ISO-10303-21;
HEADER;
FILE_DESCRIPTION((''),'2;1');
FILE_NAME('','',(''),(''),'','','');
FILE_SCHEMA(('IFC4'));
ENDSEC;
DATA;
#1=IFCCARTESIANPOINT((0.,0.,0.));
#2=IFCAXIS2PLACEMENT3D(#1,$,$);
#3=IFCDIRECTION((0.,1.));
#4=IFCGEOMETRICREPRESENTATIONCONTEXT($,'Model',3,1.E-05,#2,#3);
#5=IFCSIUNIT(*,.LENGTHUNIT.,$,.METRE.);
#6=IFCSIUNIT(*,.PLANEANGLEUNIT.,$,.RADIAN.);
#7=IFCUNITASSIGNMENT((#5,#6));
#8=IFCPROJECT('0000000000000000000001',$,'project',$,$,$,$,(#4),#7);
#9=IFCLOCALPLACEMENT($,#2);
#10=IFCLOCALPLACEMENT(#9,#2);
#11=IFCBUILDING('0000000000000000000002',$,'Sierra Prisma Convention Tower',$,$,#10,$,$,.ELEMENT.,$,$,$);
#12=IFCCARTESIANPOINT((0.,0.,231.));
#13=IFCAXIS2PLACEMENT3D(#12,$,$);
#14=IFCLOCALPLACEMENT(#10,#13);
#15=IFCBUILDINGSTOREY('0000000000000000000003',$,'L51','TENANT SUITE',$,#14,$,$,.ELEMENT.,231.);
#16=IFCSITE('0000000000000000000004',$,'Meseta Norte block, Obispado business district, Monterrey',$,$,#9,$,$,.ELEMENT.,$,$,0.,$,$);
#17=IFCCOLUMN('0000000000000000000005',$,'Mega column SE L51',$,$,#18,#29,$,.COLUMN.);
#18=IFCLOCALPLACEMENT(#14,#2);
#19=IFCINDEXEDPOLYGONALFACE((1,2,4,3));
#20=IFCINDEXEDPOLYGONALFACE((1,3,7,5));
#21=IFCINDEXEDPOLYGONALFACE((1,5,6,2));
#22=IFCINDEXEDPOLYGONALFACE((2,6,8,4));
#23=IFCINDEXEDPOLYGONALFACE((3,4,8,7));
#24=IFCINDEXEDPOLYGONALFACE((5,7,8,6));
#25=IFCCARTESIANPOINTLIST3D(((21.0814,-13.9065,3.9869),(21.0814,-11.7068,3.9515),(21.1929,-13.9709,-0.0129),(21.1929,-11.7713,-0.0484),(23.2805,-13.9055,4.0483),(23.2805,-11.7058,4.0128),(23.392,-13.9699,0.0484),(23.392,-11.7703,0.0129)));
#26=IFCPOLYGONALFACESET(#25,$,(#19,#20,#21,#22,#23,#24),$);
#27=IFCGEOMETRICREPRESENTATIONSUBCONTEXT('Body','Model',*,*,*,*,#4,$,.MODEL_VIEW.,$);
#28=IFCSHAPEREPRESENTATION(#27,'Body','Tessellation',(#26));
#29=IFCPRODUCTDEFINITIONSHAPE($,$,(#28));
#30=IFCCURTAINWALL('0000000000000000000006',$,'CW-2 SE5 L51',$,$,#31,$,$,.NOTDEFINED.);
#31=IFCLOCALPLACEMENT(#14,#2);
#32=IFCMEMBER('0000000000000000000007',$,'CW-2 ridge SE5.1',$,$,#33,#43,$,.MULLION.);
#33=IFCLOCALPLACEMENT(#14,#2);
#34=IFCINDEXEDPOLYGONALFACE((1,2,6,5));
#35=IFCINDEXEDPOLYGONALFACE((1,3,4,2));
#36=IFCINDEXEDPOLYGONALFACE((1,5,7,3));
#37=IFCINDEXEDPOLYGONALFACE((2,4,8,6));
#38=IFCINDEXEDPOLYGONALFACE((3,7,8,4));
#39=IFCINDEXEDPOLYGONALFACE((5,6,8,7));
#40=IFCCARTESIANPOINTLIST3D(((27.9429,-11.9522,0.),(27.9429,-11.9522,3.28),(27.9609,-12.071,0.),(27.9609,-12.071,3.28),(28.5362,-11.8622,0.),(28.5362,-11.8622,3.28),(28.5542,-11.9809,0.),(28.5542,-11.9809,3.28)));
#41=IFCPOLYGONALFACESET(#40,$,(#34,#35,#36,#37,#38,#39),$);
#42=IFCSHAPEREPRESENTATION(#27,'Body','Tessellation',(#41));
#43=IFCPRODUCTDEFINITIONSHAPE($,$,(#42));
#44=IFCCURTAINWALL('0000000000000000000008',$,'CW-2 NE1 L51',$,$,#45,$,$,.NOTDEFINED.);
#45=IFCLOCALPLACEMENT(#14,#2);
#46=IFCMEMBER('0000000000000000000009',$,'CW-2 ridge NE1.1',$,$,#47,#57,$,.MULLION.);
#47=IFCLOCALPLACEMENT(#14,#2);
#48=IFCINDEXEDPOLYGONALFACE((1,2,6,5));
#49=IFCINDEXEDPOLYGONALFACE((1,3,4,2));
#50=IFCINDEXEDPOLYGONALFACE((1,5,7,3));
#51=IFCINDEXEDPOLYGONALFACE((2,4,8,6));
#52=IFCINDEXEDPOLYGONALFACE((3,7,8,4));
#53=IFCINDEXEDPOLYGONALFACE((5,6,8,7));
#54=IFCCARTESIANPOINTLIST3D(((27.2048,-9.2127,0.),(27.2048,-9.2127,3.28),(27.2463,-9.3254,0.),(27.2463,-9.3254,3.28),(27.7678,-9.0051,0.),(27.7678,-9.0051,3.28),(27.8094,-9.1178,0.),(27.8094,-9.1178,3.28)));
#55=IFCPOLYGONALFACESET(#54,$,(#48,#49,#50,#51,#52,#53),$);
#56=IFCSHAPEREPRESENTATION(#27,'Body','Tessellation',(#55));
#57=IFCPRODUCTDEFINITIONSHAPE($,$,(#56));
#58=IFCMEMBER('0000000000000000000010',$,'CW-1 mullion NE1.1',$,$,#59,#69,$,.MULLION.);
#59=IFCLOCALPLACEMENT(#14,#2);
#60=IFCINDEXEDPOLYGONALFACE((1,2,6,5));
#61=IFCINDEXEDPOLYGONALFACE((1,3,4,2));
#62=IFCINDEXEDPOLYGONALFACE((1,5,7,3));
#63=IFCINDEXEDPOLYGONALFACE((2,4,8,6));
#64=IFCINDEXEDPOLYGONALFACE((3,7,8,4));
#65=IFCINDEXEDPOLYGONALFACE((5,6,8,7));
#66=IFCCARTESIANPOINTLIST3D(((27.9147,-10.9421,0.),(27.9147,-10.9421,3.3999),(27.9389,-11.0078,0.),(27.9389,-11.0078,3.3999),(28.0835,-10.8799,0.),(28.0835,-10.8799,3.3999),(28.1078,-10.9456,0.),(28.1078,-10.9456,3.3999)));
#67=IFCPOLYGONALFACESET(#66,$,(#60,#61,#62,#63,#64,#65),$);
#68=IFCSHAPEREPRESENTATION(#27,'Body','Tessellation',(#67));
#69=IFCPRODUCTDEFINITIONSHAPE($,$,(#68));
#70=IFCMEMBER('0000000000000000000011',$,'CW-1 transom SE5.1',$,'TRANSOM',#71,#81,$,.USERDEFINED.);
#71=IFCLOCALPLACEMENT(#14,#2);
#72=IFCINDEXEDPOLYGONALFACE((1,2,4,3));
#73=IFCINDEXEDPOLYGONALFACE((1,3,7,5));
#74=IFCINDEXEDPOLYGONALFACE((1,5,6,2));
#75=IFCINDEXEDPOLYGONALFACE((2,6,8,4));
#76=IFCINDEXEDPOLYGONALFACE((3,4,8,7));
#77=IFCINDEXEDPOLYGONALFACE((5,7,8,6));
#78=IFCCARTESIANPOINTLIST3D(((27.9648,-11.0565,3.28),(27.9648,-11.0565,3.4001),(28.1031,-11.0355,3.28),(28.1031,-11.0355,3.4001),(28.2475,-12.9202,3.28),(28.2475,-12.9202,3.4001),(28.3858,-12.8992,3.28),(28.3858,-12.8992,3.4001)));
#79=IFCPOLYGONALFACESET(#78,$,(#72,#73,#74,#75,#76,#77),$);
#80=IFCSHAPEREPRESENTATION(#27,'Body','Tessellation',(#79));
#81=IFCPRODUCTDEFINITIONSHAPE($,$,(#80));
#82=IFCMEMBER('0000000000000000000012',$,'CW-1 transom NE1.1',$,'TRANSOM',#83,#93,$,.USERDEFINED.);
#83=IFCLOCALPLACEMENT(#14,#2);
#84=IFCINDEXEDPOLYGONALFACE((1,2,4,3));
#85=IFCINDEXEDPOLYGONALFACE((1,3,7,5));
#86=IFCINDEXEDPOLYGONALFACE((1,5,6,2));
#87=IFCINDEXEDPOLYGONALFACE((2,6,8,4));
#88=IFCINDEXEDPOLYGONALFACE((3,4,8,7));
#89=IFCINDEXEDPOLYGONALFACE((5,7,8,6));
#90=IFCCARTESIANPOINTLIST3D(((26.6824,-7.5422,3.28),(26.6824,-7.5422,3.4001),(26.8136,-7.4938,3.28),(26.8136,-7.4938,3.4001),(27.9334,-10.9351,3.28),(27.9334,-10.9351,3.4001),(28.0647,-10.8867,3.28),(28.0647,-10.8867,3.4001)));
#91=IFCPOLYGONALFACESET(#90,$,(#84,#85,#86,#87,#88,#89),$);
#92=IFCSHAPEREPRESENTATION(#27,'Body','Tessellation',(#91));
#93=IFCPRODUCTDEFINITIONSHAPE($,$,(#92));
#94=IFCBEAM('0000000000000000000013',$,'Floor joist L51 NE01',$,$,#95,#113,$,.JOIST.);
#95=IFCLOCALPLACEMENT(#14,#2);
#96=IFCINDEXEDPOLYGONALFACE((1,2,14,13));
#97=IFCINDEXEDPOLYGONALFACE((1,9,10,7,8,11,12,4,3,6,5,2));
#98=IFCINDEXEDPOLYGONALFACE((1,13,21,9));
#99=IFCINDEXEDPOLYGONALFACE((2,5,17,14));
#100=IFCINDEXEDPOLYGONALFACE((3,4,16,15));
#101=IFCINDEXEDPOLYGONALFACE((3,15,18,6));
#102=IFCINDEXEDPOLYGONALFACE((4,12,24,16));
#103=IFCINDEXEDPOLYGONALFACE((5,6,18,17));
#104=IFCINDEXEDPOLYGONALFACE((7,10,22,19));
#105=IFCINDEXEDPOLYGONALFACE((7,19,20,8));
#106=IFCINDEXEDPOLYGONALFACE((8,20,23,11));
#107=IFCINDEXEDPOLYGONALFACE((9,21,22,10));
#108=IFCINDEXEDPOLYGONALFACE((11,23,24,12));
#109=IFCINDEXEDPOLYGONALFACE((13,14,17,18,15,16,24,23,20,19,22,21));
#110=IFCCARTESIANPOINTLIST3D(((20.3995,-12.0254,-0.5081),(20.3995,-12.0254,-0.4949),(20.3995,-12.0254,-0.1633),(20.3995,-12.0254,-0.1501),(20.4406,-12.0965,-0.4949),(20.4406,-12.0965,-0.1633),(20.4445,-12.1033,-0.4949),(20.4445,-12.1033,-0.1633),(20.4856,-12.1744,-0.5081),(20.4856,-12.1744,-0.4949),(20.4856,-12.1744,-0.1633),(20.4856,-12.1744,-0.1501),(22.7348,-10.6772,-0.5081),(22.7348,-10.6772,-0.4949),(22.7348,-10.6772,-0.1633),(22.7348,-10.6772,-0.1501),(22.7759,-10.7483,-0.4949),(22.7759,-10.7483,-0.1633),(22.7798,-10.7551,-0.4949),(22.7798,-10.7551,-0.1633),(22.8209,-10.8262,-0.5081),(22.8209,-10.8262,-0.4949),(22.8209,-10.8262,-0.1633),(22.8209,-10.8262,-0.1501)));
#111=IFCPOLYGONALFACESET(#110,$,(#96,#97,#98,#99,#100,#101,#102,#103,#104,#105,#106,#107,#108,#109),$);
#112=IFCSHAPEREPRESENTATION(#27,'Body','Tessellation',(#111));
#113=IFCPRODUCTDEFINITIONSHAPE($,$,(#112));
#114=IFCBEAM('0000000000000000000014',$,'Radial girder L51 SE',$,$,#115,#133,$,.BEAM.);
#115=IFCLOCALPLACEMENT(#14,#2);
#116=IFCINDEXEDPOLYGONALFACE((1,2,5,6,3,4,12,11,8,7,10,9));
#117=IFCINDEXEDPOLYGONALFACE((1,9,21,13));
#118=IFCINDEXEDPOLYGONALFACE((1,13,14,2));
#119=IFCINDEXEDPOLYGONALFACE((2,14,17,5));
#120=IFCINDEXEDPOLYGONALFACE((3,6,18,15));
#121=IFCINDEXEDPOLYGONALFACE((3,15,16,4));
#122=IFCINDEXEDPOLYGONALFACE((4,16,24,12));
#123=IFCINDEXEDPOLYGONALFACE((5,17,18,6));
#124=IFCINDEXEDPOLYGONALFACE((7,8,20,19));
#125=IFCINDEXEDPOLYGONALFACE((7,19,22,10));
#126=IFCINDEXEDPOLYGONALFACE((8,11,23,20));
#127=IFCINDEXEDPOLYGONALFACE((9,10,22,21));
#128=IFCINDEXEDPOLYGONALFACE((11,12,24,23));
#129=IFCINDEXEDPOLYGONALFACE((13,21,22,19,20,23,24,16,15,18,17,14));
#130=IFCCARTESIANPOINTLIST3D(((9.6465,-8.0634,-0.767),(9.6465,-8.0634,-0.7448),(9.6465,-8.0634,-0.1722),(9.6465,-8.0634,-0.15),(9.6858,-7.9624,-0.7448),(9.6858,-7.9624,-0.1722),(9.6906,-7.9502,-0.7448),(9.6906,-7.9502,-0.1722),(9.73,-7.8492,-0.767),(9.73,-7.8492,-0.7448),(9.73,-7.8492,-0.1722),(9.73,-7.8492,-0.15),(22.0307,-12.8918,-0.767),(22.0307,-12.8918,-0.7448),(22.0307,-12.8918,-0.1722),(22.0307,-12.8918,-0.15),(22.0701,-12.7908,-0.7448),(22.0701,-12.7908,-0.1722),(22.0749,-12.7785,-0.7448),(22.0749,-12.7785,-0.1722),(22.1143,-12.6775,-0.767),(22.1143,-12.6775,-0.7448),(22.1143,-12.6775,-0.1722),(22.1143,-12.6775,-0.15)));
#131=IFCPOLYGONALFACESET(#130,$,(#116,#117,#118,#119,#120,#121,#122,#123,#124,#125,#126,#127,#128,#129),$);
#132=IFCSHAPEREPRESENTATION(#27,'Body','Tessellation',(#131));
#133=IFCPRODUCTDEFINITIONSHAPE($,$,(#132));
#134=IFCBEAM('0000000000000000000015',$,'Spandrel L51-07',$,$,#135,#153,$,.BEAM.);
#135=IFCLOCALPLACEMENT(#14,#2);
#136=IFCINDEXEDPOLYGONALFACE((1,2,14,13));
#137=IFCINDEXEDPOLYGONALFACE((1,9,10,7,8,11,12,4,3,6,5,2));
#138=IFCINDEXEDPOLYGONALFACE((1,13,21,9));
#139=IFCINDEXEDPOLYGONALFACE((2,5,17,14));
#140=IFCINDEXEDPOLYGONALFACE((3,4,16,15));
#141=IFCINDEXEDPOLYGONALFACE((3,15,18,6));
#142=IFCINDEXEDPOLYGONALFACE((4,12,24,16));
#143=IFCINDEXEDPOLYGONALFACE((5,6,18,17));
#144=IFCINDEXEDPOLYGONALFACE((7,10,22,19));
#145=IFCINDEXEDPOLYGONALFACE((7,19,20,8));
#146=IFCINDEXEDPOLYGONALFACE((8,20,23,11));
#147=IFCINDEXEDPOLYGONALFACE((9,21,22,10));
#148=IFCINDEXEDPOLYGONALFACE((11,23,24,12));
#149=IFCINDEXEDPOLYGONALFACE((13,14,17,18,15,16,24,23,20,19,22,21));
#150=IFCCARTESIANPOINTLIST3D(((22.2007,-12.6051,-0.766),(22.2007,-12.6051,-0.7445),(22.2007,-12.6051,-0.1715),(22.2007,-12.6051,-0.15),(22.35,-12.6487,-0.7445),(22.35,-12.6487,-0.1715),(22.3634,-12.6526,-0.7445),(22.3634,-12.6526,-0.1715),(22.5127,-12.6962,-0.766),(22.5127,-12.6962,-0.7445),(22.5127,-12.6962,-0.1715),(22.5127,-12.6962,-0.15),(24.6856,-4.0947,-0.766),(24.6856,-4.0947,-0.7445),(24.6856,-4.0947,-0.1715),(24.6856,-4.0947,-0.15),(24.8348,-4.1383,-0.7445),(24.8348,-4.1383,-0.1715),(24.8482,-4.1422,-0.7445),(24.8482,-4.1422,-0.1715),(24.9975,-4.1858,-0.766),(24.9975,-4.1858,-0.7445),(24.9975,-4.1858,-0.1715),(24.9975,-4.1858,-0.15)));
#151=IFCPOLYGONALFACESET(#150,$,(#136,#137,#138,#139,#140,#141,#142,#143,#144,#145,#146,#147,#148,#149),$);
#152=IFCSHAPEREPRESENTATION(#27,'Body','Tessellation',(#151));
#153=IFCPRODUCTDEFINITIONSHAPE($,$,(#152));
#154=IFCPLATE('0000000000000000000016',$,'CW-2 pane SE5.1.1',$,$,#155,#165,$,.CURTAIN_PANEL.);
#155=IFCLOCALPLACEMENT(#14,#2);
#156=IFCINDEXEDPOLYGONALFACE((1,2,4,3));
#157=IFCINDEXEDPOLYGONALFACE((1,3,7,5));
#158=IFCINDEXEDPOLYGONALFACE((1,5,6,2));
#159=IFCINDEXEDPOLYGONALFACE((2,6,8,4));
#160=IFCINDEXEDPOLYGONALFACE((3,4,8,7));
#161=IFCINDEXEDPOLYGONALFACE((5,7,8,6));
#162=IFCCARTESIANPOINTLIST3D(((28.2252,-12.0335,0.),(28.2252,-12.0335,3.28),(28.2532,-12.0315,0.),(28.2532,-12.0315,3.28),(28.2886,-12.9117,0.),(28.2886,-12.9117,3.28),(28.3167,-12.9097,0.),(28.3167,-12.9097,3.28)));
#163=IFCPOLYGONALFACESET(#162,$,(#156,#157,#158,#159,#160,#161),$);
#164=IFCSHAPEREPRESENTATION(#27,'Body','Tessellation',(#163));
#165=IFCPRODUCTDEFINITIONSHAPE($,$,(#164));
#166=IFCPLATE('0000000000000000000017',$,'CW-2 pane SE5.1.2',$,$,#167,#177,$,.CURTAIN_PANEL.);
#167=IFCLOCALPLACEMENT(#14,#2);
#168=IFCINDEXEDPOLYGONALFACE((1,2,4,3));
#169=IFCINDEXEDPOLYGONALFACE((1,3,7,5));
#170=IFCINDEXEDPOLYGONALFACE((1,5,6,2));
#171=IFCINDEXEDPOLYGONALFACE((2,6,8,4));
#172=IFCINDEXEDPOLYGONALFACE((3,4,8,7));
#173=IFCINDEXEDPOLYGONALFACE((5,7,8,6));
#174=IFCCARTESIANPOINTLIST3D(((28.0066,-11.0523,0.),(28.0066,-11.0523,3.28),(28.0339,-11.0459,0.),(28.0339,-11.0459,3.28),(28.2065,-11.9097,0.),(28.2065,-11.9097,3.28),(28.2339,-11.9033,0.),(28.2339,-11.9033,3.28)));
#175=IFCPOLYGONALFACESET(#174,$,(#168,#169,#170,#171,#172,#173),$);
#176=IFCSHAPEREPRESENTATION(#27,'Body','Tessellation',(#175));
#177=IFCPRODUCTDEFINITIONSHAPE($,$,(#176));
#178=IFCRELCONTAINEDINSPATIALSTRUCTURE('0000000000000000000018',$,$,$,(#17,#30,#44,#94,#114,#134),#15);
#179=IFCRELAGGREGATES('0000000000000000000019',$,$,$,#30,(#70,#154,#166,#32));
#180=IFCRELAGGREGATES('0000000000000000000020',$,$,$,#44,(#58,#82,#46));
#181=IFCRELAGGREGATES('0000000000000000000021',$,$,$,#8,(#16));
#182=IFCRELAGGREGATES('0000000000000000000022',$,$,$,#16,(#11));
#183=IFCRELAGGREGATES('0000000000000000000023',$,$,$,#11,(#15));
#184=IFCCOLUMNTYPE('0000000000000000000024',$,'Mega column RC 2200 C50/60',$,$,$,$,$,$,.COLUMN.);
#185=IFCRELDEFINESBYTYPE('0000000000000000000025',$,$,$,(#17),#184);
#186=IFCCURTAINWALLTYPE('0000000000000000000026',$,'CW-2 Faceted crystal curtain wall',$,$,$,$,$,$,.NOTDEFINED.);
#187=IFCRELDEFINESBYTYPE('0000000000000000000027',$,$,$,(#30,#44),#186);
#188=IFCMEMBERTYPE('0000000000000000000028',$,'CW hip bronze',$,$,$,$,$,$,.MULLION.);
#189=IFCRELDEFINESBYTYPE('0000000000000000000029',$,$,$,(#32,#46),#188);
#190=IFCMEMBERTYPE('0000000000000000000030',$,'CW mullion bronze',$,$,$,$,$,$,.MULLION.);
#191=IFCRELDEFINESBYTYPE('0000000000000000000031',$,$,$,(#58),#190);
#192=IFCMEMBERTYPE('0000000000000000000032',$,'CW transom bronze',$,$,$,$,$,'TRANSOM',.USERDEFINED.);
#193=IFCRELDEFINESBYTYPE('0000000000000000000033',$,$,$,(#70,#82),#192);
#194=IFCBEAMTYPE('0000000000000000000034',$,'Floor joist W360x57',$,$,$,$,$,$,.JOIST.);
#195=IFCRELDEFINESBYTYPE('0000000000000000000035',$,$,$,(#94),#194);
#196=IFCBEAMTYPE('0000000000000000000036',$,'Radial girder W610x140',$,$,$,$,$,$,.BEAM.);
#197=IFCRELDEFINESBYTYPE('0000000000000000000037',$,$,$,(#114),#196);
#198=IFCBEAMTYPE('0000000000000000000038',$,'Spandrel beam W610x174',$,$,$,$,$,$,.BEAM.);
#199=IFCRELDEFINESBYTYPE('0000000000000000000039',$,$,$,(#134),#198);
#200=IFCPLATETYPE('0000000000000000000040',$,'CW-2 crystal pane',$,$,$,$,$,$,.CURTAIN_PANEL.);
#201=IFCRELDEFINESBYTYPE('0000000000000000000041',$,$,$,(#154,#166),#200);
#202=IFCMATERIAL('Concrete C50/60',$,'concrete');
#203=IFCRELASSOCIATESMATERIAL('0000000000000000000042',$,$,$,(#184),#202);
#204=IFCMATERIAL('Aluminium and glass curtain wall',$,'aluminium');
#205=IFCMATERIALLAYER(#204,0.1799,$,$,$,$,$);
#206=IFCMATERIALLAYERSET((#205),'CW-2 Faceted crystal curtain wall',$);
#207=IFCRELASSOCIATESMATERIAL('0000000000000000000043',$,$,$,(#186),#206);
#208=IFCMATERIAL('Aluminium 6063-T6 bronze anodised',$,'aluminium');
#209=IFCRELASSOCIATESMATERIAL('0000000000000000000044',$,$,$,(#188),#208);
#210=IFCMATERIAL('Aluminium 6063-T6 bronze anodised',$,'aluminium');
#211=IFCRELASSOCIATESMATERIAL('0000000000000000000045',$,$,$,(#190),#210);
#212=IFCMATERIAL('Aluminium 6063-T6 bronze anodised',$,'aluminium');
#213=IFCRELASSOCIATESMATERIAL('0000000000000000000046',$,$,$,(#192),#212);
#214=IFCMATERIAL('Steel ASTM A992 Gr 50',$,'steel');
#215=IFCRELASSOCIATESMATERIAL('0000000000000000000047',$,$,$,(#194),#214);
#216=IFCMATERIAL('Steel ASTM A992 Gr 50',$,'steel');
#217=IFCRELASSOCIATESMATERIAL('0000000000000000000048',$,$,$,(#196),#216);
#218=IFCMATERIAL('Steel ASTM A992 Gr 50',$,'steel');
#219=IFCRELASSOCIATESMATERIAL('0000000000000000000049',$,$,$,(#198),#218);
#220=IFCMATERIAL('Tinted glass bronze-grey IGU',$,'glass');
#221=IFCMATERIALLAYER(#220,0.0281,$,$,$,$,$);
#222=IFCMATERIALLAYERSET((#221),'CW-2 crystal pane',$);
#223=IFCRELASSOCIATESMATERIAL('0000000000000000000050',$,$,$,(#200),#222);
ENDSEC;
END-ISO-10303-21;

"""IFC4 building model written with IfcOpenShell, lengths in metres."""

from ifc_helpers import new_model, si_unit, direction, frame, origin, origin_2d, place, context, subcontext, project, spatial, polyline, rectangle, i_section, outline, extrude, material, layer, layer_set, material_profile, profile_set, type_object, element, aggregate, save


model = new_model("IFC4")

# Units and contexts
model_context = context("Model", 3, precision=1e-05, world=origin(), true_north=direction((0.0, 1.0)))
body_context = subcontext(model_context, "Body", "Model", "MODEL_VIEW")
ifc_project = project(units=[si_unit("LENGTHUNIT", "METRE"), si_unit("PLANEANGLEUNIT", "RADIAN")], contexts=[model_context])

# Site, building, storey
site_placement = place(None, origin())
site = spatial("IfcSite", under=ifc_project, at=site_placement, Name="Meseta Norte block, Obispado business district, Monterrey", CompositionType="ELEMENT", RefElevation=0.0)
building_placement = place(site_placement, origin())
building = spatial("IfcBuilding", under=site, at=building_placement, Name="Sierra Prisma Convention Tower", CompositionType="ELEMENT")
storey_placement = place(building_placement, frame((0.0, 0.0, 231.0)))
storey = spatial("IfcBuildingStorey", under=building, at=storey_placement, Name="L51", Description="TENANT SUITE", CompositionType="ELEMENT", Elevation=231.0)

# Column
ifc_material_1 = material(Name="Concrete C50/60", Category="concrete")
ifc_material_profile_1 = material_profile(ifc_material_1, rectangle(XDim=2.2, YDim=2.2, at=origin_2d()), Name="Mega column RC 2200 C50/60")
ifc_profile_set_1 = profile_set([ifc_material_profile_1], Name="Concrete C50/60")
column_type = type_object("IfcColumnType", Name="Mega column RC 2200 C50/60", PredefinedType="COLUMN", material=ifc_profile_set_1)
column_placement = place(storey_placement, frame((22.2925, -12.8706, 0.0), z_axis=(-0.027879, 0.016105, 0.999482), x_axis=(0.999611, 0.000449, 0.027875)))
element("IfcColumn", 1, at=column_placement, inside=storey, type_object=column_type, Name="Mega column SE L51", PredefinedType="COLUMN", context=body_context, shape_type="SweptSolid", body=[
    extrude(rectangle(XDim=2.2, YDim=2.2, at=origin_2d()), origin(), (0.0, 0.0, 1.0), 4.002),
])

# Curtain wall, member
ifc_material_2 = material(Name="Aluminium and glass curtain wall", Category="aluminium")
ifc_layer_1 = layer(ifc_material_2, 0.1799)
ifc_layer_set_1 = layer_set([ifc_layer_1], Name="CW-2 Faceted crystal curtain wall")
curtain_wall_type = type_object("IfcCurtainWallType", Name="CW-2 Faceted crystal curtain wall", PredefinedType="NOTDEFINED", material=ifc_layer_set_1)
curtain_wall_1_placement = place(storey_placement, origin())
curtain_wall_1 = element("IfcCurtainWall", 2, at=curtain_wall_1_placement, inside=storey, type_object=curtain_wall_type, Name="CW-2 SE5 L51", PredefinedType="NOTDEFINED")
ifc_material_3 = material(Name="Aluminium 6063-T6 bronze anodised", Category="aluminium")
ifc_material_profile_2 = material_profile(ifc_material_3, rectangle(XDim=0.1201, YDim=0.6001, at=origin_2d()), Name="ALU RIDGE BLADE 120x600")
ifc_profile_set_2 = profile_set([ifc_material_profile_2], Name="Aluminium 6063-T6 bronze anodised")
member_type_1 = type_object("IfcMemberType", Name="CW hip bronze", PredefinedType="MULLION", material=ifc_profile_set_2)
member_1_placement = place(storey_placement, frame((28.2485, -11.9666, 0.0), z_axis=(0.0, 0.0, 1.0), x_axis=(-0.150045, 0.988679, 0.0)))
member_1 = element("IfcMember", 3, at=member_1_placement, type_object=member_type_1, Name="CW-2 ridge SE5.1", PredefinedType="MULLION", context=body_context, shape_type="SweptSolid", body=[
    extrude(rectangle(XDim=0.1201, YDim=0.6001, at=origin_2d()), origin(), (0.0, 0.0, 1.0), 3.28),
])

# Curtain wall, members
curtain_wall_2_placement = place(storey_placement, origin())
curtain_wall_2 = element("IfcCurtainWall", 4, at=curtain_wall_2_placement, inside=storey, type_object=curtain_wall_type, Name="CW-2 NE1 L51", PredefinedType="NOTDEFINED")
member_2_placement = place(storey_placement, frame((27.5071, -9.1653, 0.0), z_axis=(0.0, 0.0, 1.0), x_axis=(-0.345939, 0.938257, 0.0)))
member_2 = element("IfcMember", 5, at=member_2_placement, type_object=member_type_1, Name="CW-2 ridge NE1.1", PredefinedType="MULLION", context=body_context, shape_type="SweptSolid", body=[
    extrude(rectangle(XDim=0.1201, YDim=0.6001, at=origin_2d()), origin(), (0.0, 0.0, 1.0), 3.28),
])
ifc_material_4 = material(Name="Aluminium 6063-T6 bronze anodised", Category="aluminium")
ifc_material_profile_3 = material_profile(ifc_material_4, rectangle(XDim=0.1799, YDim=0.0701, at=origin_2d()), Name="ALU MULLION 70x180")
ifc_profile_set_3 = profile_set([ifc_material_profile_3], Name="Aluminium 6063-T6 bronze anodised")
member_type_2 = type_object("IfcMemberType", Name="CW mullion bronze", PredefinedType="MULLION", material=ifc_profile_set_3)
member_3_placement = place(storey_placement, frame((28.0112, -10.9438, 0.0), z_axis=(0.0, 0.0, 1.0), x_axis=(-0.938257, -0.345939, 0.0)))
member_3 = element("IfcMember", 6, at=member_3_placement, type_object=member_type_2, Name="CW-1 mullion NE1.1", PredefinedType="MULLION", context=body_context, shape_type="SweptSolid", body=[
    extrude(rectangle(XDim=0.1799, YDim=0.0701, at=origin_2d()), origin(), (0.0, 0.0, 1.0), 3.3999),
])

# Members
ifc_material_5 = material(Name="Aluminium 6063-T6 bronze anodised", Category="aluminium")
ifc_material_profile_4 = material_profile(ifc_material_5, rectangle(XDim=0.1399, YDim=0.1201, at=origin_2d()), Name="ALU TRANSOM 120x140")
ifc_profile_set_4 = profile_set([ifc_material_profile_4], Name="Aluminium 6063-T6 bronze anodised")
member_type_3 = type_object("IfcMemberType", Name="CW transom bronze", ElementType="TRANSOM", PredefinedType="USERDEFINED", material=ifc_profile_set_4)
member_4_placement = place(storey_placement, frame((28.3167, -12.9097, 3.3401), z_axis=(-0.149974, 0.98869, 0.0), x_axis=(-0.98869, -0.149974, 0.0)))
member_4 = element("IfcMember", 7, at=member_4_placement, type_object=member_type_3, Name="CW-1 transom SE5.1", ObjectType="TRANSOM", PredefinedType="USERDEFINED", context=body_context, shape_type="SweptSolid", body=[
    extrude(rectangle(XDim=0.1399, YDim=0.1201, at=origin_2d()), origin(), (0.0, 0.0, 1.0), 1.885),
])
member_5_placement = place(storey_placement, frame((27.999, -10.9109, 3.3401), z_axis=(-0.345946, 0.938254, 0.0), x_axis=(-0.938254, -0.345946, 0.0)))
member_5 = element("IfcMember", 8, at=member_5_placement, type_object=member_type_3, Name="CW-1 transom NE1.1", ObjectType="TRANSOM", PredefinedType="USERDEFINED", context=body_context, shape_type="SweptSolid", body=[
    extrude(rectangle(XDim=0.1399, YDim=0.1201, at=origin_2d()), origin(), (0.0, 0.0, 1.0), 3.6162),
])

# Beams
ifc_material_6 = material(Name="Steel ASTM A992 Gr 50", Category="steel")
ifc_material_profile_5 = material_profile(ifc_material_6, i_section(OverallWidth=0.1721, OverallDepth=0.3579, WebThickness=0.0078, FlangeThickness=0.0132, at=origin_2d()), Name="W360x57")
ifc_profile_set_5 = profile_set([ifc_material_profile_5], Name="Steel ASTM A992 Gr 50")
beam_type_1 = type_object("IfcBeamType", Name="Floor joist W360x57", PredefinedType="JOIST", material=ifc_profile_set_5)
beam_1_placement = place(storey_placement, frame((22.7778, -10.7517, -0.3291), z_axis=(-0.866039, -0.499976, 0.0), x_axis=(0.499976, -0.866039, 0.0)))
element("IfcBeam", 9, at=beam_1_placement, inside=storey, type_object=beam_type_1, Name="Floor joist L51 NE01", PredefinedType="JOIST", context=body_context, shape_type="SweptSolid", body=[
    extrude(i_section(OverallWidth=0.1721, OverallDepth=0.3579, WebThickness=0.0078, FlangeThickness=0.0132, at=origin_2d()), origin(), (0.0, 0.0, 1.0), 2.6965),
])
ifc_material_7 = material(Name="Steel ASTM A992 Gr 50", Category="steel")
ifc_material_profile_6 = material_profile(ifc_material_7, i_section(OverallWidth=0.23, OverallDepth=0.6169, WebThickness=0.0132, FlangeThickness=0.0222, at=origin_2d()), Name="W610x140")
ifc_profile_set_6 = profile_set([ifc_material_profile_6], Name="Steel ASTM A992 Gr 50")
beam_type_2 = type_object("IfcBeamType", Name="Radial girder W610x140", PredefinedType="BEAM", material=ifc_profile_set_6)
beam_2_placement = place(storey_placement, frame((22.0725, -12.7847, -0.4585), z_axis=(-0.931693, 0.363247, 0.0), x_axis=(-0.363247, -0.931693, 0.0)))
element("IfcBeam", 10, at=beam_2_placement, inside=storey, type_object=beam_type_2, Name="Radial girder L51 SE", PredefinedType="BEAM", context=body_context, shape_type="SweptSolid", body=[
    extrude(i_section(OverallWidth=0.23, OverallDepth=0.6169, WebThickness=0.0132, FlangeThickness=0.0222, at=origin_2d()), origin(), (0.0, 0.0, 1.0), 13.2922),
])
ifc_material_8 = material(Name="Steel ASTM A992 Gr 50", Category="steel")
ifc_material_profile_7 = material_profile(ifc_material_8, i_section(OverallWidth=0.325, OverallDepth=0.616, WebThickness=0.0139, FlangeThickness=0.0215, at=origin_2d()), Name="W610x174")
ifc_profile_set_7 = profile_set([ifc_material_profile_7], Name="Steel ASTM A992 Gr 50")
beam_type_3 = type_object("IfcBeamType", Name="Spandrel beam W610x174", PredefinedType="BEAM", material=ifc_profile_set_7)
beam_3_placement = place(storey_placement, frame((22.3567, -12.6506, -0.458), z_axis=(0.280274, 0.95992, 0.0), x_axis=(-0.95992, 0.280274, 0.0)))
element("IfcBeam", 11, at=beam_3_placement, inside=storey, type_object=beam_type_3, Name="Spandrel L51-07", PredefinedType="BEAM", context=body_context, shape_type="SweptSolid", body=[
    extrude(i_section(OverallWidth=0.325, OverallDepth=0.616, WebThickness=0.0139, FlangeThickness=0.0215, at=origin_2d()), origin(), (0.0, 0.0, 1.0), 8.8657),
])

# Plates
ifc_material_9 = material(Name="Tinted glass bronze-grey IGU", Category="glass")
ifc_layer_2 = layer(ifc_material_9, 0.0281)
ifc_layer_set_2 = layer_set([ifc_layer_2], Name="CW-2 crystal pane")
plate_type = type_object("IfcPlateType", Name="CW-2 crystal pane", PredefinedType="CURTAIN_PANEL", material=ifc_layer_set_2)
plate_1_placement = place(storey_placement, frame((28.3167, -12.9097, 0.0), z_axis=(0.997398, 0.072094, 0.0), x_axis=(-0.072094, 0.997398, 0.0)))
plate_1 = element("IfcPlate", 12, at=plate_1_placement, type_object=plate_type, Name="CW-2 pane SE5.1.1", PredefinedType="CURTAIN_PANEL", context=body_context, shape_type="SweptSolid", body=[
    extrude(outline(polyline([(0.0, 0.0), (0.8805, 0.0), (0.8805, 3.28), (0.0, 3.28), (0.0, 0.0)])), origin(), (0.0, 0.0, -1.0), 0.0281),
])
plate_2_placement = place(storey_placement, frame((28.0339, -11.0459, 0.0), z_axis=(0.97387, 0.227107, 0.0), x_axis=(0.227107, -0.97387, 0.0)))
plate_2 = element("IfcPlate", 13, at=plate_2_placement, type_object=plate_type, Name="CW-2 pane SE5.1.2", PredefinedType="CURTAIN_PANEL", context=body_context, shape_type="SweptSolid", body=[
    extrude(outline(polyline([(0.0, 0.0), (0.8804, 0.0), (0.8804, -3.28), (0.0, -3.28), (0.0, 0.0)])), origin(), (0.0, 0.0, -1.0), 0.0281),
])
aggregate(curtain_wall_1, [member_4, plate_1, plate_2, member_1])
aggregate(curtain_wall_2, [member_3, member_5, member_2])

save(model, "model.ifc")
